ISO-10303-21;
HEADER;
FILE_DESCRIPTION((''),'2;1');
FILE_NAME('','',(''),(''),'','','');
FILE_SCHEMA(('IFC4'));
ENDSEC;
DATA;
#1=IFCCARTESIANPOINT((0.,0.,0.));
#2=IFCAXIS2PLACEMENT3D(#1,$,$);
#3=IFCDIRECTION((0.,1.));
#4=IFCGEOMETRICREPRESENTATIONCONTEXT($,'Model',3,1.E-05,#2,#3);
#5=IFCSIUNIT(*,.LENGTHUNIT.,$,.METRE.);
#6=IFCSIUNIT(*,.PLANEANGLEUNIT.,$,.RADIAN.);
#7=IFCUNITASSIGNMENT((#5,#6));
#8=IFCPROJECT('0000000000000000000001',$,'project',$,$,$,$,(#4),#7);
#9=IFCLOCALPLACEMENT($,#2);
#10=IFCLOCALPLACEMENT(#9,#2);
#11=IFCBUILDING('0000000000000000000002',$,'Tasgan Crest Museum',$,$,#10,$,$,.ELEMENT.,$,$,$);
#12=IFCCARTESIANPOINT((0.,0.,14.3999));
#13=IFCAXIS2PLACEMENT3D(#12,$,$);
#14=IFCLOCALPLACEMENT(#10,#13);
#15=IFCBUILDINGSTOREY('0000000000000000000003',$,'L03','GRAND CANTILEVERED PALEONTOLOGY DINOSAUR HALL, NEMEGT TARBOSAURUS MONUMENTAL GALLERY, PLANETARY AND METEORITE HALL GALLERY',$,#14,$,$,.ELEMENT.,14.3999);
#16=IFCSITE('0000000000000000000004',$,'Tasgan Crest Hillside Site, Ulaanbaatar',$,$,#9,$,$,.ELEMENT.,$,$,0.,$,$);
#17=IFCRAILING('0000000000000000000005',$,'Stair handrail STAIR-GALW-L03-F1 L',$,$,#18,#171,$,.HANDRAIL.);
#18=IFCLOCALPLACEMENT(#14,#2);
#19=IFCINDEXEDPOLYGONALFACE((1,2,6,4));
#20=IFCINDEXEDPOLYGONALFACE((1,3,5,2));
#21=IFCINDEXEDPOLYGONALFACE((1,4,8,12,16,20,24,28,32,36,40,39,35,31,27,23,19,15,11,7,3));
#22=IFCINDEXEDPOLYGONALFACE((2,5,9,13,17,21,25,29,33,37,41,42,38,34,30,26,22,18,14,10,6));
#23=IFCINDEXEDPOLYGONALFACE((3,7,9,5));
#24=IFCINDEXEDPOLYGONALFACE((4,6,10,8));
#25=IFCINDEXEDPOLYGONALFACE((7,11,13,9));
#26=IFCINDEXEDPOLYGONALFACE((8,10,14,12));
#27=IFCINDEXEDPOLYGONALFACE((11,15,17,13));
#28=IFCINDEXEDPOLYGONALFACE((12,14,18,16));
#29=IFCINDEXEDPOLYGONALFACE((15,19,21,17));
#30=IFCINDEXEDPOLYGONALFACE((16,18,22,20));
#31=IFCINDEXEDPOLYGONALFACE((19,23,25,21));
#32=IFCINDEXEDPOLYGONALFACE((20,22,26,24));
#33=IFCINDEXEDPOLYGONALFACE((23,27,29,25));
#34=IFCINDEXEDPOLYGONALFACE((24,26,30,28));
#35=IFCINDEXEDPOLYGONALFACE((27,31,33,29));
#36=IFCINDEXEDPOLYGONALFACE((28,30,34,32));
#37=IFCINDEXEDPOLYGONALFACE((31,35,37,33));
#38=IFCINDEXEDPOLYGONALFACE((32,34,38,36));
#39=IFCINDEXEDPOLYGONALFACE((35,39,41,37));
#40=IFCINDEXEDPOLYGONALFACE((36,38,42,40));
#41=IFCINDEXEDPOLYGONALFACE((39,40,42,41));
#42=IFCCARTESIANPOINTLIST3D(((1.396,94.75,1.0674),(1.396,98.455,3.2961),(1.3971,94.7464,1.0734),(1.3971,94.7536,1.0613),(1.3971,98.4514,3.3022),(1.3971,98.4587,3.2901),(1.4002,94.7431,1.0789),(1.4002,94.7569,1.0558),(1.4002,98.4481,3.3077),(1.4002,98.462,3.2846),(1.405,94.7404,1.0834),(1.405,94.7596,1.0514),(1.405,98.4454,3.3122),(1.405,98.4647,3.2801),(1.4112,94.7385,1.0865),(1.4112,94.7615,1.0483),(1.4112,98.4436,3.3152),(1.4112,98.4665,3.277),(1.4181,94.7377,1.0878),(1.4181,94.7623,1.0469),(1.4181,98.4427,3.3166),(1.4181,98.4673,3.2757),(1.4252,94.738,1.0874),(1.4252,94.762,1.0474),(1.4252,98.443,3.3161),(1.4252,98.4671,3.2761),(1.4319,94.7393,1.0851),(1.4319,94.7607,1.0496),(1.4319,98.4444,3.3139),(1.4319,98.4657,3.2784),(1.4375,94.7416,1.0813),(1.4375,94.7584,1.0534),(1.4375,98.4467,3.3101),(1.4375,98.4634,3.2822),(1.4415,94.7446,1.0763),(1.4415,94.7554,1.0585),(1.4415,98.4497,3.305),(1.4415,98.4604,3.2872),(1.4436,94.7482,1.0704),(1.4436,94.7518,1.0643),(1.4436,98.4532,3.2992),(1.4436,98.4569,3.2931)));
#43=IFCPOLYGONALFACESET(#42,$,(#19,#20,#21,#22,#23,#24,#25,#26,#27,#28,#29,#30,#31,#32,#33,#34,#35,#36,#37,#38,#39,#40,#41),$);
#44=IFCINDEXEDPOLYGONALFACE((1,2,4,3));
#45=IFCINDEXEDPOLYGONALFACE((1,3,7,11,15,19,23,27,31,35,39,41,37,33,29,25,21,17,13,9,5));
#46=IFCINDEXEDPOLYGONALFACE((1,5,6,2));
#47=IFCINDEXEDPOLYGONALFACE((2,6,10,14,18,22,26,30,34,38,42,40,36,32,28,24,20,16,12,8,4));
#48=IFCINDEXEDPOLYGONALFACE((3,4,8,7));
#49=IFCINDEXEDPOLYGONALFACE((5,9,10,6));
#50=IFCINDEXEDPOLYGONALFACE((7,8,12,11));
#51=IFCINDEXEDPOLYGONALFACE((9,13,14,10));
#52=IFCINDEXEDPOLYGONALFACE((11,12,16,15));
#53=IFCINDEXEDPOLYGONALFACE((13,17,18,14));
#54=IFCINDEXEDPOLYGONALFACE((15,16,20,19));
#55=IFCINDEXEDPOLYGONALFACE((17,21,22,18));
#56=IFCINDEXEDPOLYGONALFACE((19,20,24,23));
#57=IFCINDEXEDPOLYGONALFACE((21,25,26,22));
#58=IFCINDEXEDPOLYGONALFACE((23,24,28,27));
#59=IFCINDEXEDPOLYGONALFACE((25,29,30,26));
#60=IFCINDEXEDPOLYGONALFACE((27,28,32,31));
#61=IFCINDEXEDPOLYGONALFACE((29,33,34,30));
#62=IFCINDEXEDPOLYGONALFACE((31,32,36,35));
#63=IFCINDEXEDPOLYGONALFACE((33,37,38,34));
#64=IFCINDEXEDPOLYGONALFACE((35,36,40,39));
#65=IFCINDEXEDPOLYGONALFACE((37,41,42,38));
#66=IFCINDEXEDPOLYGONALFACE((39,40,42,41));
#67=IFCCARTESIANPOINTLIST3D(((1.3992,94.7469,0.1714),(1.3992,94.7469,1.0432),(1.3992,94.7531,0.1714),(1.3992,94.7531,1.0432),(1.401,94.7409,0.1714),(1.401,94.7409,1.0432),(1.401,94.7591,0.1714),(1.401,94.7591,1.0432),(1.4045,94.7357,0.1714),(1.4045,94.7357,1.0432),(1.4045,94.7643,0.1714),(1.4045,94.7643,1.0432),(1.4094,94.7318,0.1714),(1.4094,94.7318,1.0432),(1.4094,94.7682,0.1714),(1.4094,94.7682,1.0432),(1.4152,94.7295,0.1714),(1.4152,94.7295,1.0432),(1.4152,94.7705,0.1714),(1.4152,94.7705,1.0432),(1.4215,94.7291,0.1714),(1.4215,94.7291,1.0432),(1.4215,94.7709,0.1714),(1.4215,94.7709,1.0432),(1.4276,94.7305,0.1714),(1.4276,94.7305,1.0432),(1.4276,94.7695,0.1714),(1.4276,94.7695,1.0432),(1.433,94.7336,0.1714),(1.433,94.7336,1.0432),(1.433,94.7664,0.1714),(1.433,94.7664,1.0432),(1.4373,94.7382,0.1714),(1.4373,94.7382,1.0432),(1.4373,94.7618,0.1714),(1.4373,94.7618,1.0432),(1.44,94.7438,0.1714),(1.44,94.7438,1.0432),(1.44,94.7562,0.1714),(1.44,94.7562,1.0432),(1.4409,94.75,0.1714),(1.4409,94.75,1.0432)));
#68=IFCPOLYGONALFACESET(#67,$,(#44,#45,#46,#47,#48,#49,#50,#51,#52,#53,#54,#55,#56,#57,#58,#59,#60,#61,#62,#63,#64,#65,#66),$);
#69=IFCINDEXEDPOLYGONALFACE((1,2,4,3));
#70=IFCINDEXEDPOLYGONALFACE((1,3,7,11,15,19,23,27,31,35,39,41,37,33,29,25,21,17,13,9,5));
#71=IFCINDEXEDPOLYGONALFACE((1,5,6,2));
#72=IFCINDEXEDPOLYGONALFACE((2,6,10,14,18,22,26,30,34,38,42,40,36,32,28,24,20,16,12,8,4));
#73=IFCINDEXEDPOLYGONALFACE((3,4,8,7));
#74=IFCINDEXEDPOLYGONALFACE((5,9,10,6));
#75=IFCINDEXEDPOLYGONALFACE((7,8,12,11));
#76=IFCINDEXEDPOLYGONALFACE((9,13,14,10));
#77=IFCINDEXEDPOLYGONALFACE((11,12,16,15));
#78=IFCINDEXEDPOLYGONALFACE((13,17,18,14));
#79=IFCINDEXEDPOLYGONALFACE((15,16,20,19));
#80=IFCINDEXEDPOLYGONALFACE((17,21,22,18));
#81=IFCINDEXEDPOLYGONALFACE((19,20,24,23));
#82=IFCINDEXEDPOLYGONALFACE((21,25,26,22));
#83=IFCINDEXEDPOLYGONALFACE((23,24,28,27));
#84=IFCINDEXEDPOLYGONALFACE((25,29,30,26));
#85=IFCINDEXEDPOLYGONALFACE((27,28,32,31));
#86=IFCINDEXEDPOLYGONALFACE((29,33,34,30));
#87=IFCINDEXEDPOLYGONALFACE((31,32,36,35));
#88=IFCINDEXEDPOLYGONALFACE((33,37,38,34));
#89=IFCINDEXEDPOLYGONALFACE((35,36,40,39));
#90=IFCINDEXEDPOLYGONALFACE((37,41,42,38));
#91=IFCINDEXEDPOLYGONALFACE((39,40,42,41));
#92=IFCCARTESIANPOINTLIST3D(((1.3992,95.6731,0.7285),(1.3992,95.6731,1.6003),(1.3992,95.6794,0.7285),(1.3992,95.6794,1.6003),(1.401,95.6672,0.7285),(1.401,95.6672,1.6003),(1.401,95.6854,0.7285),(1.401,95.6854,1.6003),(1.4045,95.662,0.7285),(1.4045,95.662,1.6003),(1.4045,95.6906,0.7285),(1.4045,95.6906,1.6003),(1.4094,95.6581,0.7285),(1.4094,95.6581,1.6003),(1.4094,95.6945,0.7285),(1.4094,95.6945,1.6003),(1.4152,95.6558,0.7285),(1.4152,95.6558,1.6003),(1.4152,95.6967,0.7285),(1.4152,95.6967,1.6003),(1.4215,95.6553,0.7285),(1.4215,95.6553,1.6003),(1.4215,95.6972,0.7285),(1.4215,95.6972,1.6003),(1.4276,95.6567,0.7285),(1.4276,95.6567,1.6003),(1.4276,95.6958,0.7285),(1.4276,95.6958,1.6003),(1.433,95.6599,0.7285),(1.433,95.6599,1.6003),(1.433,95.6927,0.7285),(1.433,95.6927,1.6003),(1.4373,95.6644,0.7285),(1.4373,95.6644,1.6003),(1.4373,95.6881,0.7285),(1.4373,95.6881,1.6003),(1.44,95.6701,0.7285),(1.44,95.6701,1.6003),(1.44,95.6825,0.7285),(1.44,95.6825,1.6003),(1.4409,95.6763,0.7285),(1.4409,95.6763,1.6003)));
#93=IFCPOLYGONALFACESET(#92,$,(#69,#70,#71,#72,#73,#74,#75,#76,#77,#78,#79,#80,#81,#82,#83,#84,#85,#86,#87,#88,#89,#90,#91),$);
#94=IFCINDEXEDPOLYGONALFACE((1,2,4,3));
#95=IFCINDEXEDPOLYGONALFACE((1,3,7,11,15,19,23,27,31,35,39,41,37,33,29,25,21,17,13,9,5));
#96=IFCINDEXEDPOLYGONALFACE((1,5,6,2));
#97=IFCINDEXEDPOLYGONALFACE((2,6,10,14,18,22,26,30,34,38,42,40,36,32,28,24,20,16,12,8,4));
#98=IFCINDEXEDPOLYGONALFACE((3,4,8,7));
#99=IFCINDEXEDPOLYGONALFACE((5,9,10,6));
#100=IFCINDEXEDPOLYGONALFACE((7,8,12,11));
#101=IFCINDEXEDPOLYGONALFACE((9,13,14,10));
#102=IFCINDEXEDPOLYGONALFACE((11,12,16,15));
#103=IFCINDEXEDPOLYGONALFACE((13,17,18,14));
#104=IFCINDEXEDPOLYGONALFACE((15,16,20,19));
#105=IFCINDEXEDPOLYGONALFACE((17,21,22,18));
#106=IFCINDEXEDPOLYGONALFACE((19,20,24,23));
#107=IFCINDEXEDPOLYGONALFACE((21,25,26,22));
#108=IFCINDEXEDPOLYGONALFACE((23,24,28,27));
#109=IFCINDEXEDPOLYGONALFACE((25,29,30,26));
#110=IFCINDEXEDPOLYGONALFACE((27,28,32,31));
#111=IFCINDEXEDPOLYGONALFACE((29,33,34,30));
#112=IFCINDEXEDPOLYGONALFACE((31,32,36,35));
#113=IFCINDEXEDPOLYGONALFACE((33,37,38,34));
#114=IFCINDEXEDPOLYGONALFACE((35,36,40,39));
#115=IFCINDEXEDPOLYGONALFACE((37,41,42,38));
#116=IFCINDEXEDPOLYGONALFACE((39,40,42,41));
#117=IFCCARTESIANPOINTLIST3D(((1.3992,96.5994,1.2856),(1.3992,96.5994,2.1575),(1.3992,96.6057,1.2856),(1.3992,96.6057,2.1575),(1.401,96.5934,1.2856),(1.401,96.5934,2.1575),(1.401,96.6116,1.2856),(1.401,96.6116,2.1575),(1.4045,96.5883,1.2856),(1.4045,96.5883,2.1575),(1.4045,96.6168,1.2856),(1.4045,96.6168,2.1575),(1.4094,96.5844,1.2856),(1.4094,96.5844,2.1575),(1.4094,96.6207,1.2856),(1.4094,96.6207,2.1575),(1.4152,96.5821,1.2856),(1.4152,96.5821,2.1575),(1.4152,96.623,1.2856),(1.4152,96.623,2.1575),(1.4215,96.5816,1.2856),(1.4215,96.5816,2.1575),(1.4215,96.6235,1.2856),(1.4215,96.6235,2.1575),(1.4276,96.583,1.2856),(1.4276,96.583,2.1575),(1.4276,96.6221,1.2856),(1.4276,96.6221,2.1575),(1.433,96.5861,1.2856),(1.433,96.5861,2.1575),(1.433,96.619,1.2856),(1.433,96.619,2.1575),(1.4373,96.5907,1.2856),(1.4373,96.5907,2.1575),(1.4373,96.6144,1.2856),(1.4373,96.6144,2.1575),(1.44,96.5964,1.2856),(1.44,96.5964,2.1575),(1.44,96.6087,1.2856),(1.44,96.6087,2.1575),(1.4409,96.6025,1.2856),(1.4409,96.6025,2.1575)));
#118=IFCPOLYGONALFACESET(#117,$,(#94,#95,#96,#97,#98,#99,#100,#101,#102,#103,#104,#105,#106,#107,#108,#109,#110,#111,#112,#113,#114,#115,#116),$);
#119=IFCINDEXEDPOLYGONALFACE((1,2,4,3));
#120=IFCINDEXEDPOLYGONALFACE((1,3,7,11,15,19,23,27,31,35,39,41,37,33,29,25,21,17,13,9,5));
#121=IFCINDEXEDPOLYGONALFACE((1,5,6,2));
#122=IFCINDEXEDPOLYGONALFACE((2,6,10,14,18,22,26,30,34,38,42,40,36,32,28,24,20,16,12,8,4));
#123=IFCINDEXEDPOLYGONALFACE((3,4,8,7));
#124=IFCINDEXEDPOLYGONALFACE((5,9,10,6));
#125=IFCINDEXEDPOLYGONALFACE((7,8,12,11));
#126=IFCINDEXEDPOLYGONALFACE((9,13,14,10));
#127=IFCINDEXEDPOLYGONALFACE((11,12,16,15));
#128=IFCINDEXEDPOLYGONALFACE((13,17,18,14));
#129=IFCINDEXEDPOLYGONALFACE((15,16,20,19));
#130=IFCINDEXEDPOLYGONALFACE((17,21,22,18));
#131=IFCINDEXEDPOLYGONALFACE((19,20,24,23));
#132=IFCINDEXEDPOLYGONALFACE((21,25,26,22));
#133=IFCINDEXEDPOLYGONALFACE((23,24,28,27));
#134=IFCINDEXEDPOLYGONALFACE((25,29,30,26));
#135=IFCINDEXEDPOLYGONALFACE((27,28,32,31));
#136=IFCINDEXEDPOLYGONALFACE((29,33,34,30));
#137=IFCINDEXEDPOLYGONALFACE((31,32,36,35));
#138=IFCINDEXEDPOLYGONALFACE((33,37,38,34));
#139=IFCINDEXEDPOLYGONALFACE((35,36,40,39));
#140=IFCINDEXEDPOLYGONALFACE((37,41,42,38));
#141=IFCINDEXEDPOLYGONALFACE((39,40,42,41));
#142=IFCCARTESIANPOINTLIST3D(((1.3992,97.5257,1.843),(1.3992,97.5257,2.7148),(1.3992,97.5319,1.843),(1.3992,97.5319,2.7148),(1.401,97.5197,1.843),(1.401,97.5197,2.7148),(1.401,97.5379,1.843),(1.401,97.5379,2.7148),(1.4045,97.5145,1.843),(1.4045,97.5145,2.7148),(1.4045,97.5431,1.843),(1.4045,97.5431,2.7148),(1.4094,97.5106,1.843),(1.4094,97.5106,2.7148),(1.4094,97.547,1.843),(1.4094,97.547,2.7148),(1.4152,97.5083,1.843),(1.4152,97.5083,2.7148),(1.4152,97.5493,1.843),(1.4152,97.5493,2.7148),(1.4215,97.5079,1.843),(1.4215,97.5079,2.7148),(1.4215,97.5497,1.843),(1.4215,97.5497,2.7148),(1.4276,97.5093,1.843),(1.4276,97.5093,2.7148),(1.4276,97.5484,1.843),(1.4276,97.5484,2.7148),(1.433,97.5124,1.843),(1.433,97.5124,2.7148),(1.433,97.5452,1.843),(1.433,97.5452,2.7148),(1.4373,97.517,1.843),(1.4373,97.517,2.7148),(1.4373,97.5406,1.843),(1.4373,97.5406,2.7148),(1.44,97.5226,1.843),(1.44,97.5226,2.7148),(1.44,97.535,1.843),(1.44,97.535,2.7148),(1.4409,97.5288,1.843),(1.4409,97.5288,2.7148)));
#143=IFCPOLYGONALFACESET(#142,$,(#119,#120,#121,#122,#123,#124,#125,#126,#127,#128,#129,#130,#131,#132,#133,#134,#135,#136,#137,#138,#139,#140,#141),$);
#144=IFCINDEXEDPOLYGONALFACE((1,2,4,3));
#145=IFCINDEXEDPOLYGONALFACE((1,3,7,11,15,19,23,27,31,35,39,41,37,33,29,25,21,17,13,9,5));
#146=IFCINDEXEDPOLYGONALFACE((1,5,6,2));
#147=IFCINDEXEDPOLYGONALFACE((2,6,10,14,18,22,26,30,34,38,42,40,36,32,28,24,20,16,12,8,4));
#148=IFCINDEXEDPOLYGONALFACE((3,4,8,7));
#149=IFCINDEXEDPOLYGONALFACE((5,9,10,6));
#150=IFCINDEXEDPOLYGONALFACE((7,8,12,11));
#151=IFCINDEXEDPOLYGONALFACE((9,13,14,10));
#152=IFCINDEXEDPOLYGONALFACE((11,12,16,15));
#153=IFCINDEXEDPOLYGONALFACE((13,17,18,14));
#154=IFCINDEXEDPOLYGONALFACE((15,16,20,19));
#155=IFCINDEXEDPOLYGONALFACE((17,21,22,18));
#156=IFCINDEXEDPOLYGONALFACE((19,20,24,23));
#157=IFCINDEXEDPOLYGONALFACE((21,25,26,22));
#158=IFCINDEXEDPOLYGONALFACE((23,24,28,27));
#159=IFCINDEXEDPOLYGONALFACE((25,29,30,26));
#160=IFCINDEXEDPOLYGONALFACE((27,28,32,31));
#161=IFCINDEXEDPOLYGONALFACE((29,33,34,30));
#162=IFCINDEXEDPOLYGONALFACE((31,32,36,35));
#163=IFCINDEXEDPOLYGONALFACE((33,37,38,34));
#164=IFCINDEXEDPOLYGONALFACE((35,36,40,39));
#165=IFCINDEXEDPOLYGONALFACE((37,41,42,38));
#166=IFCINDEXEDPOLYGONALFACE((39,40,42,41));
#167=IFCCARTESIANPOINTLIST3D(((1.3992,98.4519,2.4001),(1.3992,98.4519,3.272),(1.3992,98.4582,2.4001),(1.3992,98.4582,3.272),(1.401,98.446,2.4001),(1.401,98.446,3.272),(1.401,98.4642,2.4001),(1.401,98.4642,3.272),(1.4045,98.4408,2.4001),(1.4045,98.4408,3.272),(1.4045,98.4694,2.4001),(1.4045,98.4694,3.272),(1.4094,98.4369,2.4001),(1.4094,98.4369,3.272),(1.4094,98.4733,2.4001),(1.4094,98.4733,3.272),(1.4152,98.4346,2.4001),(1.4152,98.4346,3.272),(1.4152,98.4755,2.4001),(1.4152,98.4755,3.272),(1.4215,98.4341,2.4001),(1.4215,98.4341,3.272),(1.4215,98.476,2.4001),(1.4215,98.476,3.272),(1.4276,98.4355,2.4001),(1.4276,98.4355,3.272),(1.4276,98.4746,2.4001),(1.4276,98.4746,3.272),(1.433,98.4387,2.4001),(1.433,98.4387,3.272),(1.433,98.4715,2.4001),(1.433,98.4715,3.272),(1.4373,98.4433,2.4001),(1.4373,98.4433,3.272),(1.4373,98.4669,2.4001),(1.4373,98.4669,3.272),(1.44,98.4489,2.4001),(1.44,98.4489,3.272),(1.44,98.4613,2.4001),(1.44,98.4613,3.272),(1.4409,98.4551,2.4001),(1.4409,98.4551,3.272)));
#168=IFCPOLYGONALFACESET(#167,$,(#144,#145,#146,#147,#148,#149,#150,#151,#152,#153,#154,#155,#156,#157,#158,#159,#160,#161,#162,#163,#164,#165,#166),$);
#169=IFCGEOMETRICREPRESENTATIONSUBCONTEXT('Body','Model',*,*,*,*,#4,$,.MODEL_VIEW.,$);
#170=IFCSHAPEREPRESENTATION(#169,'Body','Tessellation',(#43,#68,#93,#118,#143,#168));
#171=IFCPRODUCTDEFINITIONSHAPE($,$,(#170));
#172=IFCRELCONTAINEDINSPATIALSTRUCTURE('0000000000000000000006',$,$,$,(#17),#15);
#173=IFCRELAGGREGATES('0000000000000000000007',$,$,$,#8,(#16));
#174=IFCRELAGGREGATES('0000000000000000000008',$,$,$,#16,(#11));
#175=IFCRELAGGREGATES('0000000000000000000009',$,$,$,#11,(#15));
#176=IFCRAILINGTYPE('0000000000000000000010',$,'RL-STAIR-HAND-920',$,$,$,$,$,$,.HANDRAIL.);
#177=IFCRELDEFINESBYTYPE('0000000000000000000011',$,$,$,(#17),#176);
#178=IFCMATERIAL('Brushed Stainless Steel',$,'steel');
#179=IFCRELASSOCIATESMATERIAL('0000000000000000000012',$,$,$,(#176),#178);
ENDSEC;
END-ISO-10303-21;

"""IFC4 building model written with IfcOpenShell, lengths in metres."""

from ifc_helpers import new_model, si_unit, direction, frame, origin, origin_2d, place, context, subcontext, project, spatial, circle, extrude, material, type_object, element, save


model = new_model("IFC4")

# Units and contexts
model_context = context("Model", 3, precision=1e-05, world=origin(), true_north=direction((0.0, 1.0)))
body_context = subcontext(model_context, "Body", "Model", "MODEL_VIEW")
ifc_project = project(units=[si_unit("LENGTHUNIT", "METRE"), si_unit("PLANEANGLEUNIT", "RADIAN")], contexts=[model_context])

# Site, building, storey
site_placement = place(None, origin())
site = spatial("IfcSite", under=ifc_project, at=site_placement, Name="Tasgan Crest Hillside Site, Ulaanbaatar", CompositionType="ELEMENT", RefElevation=0.0)
building_placement = place(site_placement, origin())
building = spatial("IfcBuilding", under=site, at=building_placement, Name="Tasgan Crest Museum", CompositionType="ELEMENT")
storey_placement = place(building_placement, frame((0.0, 0.0, 14.3999)))
storey = spatial("IfcBuildingStorey", under=building, at=storey_placement, Name="L03", Description="GRAND CANTILEVERED PALEONTOLOGY DINOSAUR HALL, NEMEGT TARBOSAURUS MONUMENTAL GALLERY, PLANETARY AND METEORITE HALL GALLERY", CompositionType="ELEMENT", Elevation=14.3999)

# Railing
ifc_material_1 = material(Name="Brushed Stainless Steel", Category="steel")
railing_type_1 = type_object("IfcRailingType", Name="RL-STAIR-HAND-920", PredefinedType="HANDRAIL", material=ifc_material_1)
for number, where, name in (
    (1, (1.4199, 94.75, 0.1714), "Stair handrail STAIR-GALW-L03-F1 L"),
):
    element("IfcRailing", number, at=place(storey_placement, frame(where)), inside=storey, type_object=railing_type_1, Name=name, PredefinedType="HANDRAIL", context=body_context, shape_type="SweptSolid", body=[
        extrude(circle(Radius=0.0239, at=origin_2d()), frame((0.0, 0.0, 0.896), z_axis=(0.0, 0.856909, 0.515467), x_axis=(-1.0, 0.0, 0.0)), (0.0, 0.0, 1.0), 4.3237),
        extrude(circle(Radius=0.021, at=origin_2d()), origin(), (0.0, 0.0, 1.0), 0.8718),
        extrude(circle(Radius=0.021, at=origin_2d()), frame((0.0, 0.9263, 0.5571)), (0.0, 0.0, 1.0), 0.8718),
        extrude(circle(Radius=0.021, at=origin_2d()), frame((0.0, 1.8525, 1.1143)), (0.0, 0.0, 1.0), 0.8718),
        extrude(circle(Radius=0.021, at=origin_2d()), frame((0.0, 2.7788, 1.6716)), (0.0, 0.0, 1.0), 0.8718),
        extrude(circle(Radius=0.021, at=origin_2d()), frame((0.0, 3.7051, 2.2288)), (0.0, 0.0, 1.0), 0.8718),
    ])

save(model, "model.ifc")
